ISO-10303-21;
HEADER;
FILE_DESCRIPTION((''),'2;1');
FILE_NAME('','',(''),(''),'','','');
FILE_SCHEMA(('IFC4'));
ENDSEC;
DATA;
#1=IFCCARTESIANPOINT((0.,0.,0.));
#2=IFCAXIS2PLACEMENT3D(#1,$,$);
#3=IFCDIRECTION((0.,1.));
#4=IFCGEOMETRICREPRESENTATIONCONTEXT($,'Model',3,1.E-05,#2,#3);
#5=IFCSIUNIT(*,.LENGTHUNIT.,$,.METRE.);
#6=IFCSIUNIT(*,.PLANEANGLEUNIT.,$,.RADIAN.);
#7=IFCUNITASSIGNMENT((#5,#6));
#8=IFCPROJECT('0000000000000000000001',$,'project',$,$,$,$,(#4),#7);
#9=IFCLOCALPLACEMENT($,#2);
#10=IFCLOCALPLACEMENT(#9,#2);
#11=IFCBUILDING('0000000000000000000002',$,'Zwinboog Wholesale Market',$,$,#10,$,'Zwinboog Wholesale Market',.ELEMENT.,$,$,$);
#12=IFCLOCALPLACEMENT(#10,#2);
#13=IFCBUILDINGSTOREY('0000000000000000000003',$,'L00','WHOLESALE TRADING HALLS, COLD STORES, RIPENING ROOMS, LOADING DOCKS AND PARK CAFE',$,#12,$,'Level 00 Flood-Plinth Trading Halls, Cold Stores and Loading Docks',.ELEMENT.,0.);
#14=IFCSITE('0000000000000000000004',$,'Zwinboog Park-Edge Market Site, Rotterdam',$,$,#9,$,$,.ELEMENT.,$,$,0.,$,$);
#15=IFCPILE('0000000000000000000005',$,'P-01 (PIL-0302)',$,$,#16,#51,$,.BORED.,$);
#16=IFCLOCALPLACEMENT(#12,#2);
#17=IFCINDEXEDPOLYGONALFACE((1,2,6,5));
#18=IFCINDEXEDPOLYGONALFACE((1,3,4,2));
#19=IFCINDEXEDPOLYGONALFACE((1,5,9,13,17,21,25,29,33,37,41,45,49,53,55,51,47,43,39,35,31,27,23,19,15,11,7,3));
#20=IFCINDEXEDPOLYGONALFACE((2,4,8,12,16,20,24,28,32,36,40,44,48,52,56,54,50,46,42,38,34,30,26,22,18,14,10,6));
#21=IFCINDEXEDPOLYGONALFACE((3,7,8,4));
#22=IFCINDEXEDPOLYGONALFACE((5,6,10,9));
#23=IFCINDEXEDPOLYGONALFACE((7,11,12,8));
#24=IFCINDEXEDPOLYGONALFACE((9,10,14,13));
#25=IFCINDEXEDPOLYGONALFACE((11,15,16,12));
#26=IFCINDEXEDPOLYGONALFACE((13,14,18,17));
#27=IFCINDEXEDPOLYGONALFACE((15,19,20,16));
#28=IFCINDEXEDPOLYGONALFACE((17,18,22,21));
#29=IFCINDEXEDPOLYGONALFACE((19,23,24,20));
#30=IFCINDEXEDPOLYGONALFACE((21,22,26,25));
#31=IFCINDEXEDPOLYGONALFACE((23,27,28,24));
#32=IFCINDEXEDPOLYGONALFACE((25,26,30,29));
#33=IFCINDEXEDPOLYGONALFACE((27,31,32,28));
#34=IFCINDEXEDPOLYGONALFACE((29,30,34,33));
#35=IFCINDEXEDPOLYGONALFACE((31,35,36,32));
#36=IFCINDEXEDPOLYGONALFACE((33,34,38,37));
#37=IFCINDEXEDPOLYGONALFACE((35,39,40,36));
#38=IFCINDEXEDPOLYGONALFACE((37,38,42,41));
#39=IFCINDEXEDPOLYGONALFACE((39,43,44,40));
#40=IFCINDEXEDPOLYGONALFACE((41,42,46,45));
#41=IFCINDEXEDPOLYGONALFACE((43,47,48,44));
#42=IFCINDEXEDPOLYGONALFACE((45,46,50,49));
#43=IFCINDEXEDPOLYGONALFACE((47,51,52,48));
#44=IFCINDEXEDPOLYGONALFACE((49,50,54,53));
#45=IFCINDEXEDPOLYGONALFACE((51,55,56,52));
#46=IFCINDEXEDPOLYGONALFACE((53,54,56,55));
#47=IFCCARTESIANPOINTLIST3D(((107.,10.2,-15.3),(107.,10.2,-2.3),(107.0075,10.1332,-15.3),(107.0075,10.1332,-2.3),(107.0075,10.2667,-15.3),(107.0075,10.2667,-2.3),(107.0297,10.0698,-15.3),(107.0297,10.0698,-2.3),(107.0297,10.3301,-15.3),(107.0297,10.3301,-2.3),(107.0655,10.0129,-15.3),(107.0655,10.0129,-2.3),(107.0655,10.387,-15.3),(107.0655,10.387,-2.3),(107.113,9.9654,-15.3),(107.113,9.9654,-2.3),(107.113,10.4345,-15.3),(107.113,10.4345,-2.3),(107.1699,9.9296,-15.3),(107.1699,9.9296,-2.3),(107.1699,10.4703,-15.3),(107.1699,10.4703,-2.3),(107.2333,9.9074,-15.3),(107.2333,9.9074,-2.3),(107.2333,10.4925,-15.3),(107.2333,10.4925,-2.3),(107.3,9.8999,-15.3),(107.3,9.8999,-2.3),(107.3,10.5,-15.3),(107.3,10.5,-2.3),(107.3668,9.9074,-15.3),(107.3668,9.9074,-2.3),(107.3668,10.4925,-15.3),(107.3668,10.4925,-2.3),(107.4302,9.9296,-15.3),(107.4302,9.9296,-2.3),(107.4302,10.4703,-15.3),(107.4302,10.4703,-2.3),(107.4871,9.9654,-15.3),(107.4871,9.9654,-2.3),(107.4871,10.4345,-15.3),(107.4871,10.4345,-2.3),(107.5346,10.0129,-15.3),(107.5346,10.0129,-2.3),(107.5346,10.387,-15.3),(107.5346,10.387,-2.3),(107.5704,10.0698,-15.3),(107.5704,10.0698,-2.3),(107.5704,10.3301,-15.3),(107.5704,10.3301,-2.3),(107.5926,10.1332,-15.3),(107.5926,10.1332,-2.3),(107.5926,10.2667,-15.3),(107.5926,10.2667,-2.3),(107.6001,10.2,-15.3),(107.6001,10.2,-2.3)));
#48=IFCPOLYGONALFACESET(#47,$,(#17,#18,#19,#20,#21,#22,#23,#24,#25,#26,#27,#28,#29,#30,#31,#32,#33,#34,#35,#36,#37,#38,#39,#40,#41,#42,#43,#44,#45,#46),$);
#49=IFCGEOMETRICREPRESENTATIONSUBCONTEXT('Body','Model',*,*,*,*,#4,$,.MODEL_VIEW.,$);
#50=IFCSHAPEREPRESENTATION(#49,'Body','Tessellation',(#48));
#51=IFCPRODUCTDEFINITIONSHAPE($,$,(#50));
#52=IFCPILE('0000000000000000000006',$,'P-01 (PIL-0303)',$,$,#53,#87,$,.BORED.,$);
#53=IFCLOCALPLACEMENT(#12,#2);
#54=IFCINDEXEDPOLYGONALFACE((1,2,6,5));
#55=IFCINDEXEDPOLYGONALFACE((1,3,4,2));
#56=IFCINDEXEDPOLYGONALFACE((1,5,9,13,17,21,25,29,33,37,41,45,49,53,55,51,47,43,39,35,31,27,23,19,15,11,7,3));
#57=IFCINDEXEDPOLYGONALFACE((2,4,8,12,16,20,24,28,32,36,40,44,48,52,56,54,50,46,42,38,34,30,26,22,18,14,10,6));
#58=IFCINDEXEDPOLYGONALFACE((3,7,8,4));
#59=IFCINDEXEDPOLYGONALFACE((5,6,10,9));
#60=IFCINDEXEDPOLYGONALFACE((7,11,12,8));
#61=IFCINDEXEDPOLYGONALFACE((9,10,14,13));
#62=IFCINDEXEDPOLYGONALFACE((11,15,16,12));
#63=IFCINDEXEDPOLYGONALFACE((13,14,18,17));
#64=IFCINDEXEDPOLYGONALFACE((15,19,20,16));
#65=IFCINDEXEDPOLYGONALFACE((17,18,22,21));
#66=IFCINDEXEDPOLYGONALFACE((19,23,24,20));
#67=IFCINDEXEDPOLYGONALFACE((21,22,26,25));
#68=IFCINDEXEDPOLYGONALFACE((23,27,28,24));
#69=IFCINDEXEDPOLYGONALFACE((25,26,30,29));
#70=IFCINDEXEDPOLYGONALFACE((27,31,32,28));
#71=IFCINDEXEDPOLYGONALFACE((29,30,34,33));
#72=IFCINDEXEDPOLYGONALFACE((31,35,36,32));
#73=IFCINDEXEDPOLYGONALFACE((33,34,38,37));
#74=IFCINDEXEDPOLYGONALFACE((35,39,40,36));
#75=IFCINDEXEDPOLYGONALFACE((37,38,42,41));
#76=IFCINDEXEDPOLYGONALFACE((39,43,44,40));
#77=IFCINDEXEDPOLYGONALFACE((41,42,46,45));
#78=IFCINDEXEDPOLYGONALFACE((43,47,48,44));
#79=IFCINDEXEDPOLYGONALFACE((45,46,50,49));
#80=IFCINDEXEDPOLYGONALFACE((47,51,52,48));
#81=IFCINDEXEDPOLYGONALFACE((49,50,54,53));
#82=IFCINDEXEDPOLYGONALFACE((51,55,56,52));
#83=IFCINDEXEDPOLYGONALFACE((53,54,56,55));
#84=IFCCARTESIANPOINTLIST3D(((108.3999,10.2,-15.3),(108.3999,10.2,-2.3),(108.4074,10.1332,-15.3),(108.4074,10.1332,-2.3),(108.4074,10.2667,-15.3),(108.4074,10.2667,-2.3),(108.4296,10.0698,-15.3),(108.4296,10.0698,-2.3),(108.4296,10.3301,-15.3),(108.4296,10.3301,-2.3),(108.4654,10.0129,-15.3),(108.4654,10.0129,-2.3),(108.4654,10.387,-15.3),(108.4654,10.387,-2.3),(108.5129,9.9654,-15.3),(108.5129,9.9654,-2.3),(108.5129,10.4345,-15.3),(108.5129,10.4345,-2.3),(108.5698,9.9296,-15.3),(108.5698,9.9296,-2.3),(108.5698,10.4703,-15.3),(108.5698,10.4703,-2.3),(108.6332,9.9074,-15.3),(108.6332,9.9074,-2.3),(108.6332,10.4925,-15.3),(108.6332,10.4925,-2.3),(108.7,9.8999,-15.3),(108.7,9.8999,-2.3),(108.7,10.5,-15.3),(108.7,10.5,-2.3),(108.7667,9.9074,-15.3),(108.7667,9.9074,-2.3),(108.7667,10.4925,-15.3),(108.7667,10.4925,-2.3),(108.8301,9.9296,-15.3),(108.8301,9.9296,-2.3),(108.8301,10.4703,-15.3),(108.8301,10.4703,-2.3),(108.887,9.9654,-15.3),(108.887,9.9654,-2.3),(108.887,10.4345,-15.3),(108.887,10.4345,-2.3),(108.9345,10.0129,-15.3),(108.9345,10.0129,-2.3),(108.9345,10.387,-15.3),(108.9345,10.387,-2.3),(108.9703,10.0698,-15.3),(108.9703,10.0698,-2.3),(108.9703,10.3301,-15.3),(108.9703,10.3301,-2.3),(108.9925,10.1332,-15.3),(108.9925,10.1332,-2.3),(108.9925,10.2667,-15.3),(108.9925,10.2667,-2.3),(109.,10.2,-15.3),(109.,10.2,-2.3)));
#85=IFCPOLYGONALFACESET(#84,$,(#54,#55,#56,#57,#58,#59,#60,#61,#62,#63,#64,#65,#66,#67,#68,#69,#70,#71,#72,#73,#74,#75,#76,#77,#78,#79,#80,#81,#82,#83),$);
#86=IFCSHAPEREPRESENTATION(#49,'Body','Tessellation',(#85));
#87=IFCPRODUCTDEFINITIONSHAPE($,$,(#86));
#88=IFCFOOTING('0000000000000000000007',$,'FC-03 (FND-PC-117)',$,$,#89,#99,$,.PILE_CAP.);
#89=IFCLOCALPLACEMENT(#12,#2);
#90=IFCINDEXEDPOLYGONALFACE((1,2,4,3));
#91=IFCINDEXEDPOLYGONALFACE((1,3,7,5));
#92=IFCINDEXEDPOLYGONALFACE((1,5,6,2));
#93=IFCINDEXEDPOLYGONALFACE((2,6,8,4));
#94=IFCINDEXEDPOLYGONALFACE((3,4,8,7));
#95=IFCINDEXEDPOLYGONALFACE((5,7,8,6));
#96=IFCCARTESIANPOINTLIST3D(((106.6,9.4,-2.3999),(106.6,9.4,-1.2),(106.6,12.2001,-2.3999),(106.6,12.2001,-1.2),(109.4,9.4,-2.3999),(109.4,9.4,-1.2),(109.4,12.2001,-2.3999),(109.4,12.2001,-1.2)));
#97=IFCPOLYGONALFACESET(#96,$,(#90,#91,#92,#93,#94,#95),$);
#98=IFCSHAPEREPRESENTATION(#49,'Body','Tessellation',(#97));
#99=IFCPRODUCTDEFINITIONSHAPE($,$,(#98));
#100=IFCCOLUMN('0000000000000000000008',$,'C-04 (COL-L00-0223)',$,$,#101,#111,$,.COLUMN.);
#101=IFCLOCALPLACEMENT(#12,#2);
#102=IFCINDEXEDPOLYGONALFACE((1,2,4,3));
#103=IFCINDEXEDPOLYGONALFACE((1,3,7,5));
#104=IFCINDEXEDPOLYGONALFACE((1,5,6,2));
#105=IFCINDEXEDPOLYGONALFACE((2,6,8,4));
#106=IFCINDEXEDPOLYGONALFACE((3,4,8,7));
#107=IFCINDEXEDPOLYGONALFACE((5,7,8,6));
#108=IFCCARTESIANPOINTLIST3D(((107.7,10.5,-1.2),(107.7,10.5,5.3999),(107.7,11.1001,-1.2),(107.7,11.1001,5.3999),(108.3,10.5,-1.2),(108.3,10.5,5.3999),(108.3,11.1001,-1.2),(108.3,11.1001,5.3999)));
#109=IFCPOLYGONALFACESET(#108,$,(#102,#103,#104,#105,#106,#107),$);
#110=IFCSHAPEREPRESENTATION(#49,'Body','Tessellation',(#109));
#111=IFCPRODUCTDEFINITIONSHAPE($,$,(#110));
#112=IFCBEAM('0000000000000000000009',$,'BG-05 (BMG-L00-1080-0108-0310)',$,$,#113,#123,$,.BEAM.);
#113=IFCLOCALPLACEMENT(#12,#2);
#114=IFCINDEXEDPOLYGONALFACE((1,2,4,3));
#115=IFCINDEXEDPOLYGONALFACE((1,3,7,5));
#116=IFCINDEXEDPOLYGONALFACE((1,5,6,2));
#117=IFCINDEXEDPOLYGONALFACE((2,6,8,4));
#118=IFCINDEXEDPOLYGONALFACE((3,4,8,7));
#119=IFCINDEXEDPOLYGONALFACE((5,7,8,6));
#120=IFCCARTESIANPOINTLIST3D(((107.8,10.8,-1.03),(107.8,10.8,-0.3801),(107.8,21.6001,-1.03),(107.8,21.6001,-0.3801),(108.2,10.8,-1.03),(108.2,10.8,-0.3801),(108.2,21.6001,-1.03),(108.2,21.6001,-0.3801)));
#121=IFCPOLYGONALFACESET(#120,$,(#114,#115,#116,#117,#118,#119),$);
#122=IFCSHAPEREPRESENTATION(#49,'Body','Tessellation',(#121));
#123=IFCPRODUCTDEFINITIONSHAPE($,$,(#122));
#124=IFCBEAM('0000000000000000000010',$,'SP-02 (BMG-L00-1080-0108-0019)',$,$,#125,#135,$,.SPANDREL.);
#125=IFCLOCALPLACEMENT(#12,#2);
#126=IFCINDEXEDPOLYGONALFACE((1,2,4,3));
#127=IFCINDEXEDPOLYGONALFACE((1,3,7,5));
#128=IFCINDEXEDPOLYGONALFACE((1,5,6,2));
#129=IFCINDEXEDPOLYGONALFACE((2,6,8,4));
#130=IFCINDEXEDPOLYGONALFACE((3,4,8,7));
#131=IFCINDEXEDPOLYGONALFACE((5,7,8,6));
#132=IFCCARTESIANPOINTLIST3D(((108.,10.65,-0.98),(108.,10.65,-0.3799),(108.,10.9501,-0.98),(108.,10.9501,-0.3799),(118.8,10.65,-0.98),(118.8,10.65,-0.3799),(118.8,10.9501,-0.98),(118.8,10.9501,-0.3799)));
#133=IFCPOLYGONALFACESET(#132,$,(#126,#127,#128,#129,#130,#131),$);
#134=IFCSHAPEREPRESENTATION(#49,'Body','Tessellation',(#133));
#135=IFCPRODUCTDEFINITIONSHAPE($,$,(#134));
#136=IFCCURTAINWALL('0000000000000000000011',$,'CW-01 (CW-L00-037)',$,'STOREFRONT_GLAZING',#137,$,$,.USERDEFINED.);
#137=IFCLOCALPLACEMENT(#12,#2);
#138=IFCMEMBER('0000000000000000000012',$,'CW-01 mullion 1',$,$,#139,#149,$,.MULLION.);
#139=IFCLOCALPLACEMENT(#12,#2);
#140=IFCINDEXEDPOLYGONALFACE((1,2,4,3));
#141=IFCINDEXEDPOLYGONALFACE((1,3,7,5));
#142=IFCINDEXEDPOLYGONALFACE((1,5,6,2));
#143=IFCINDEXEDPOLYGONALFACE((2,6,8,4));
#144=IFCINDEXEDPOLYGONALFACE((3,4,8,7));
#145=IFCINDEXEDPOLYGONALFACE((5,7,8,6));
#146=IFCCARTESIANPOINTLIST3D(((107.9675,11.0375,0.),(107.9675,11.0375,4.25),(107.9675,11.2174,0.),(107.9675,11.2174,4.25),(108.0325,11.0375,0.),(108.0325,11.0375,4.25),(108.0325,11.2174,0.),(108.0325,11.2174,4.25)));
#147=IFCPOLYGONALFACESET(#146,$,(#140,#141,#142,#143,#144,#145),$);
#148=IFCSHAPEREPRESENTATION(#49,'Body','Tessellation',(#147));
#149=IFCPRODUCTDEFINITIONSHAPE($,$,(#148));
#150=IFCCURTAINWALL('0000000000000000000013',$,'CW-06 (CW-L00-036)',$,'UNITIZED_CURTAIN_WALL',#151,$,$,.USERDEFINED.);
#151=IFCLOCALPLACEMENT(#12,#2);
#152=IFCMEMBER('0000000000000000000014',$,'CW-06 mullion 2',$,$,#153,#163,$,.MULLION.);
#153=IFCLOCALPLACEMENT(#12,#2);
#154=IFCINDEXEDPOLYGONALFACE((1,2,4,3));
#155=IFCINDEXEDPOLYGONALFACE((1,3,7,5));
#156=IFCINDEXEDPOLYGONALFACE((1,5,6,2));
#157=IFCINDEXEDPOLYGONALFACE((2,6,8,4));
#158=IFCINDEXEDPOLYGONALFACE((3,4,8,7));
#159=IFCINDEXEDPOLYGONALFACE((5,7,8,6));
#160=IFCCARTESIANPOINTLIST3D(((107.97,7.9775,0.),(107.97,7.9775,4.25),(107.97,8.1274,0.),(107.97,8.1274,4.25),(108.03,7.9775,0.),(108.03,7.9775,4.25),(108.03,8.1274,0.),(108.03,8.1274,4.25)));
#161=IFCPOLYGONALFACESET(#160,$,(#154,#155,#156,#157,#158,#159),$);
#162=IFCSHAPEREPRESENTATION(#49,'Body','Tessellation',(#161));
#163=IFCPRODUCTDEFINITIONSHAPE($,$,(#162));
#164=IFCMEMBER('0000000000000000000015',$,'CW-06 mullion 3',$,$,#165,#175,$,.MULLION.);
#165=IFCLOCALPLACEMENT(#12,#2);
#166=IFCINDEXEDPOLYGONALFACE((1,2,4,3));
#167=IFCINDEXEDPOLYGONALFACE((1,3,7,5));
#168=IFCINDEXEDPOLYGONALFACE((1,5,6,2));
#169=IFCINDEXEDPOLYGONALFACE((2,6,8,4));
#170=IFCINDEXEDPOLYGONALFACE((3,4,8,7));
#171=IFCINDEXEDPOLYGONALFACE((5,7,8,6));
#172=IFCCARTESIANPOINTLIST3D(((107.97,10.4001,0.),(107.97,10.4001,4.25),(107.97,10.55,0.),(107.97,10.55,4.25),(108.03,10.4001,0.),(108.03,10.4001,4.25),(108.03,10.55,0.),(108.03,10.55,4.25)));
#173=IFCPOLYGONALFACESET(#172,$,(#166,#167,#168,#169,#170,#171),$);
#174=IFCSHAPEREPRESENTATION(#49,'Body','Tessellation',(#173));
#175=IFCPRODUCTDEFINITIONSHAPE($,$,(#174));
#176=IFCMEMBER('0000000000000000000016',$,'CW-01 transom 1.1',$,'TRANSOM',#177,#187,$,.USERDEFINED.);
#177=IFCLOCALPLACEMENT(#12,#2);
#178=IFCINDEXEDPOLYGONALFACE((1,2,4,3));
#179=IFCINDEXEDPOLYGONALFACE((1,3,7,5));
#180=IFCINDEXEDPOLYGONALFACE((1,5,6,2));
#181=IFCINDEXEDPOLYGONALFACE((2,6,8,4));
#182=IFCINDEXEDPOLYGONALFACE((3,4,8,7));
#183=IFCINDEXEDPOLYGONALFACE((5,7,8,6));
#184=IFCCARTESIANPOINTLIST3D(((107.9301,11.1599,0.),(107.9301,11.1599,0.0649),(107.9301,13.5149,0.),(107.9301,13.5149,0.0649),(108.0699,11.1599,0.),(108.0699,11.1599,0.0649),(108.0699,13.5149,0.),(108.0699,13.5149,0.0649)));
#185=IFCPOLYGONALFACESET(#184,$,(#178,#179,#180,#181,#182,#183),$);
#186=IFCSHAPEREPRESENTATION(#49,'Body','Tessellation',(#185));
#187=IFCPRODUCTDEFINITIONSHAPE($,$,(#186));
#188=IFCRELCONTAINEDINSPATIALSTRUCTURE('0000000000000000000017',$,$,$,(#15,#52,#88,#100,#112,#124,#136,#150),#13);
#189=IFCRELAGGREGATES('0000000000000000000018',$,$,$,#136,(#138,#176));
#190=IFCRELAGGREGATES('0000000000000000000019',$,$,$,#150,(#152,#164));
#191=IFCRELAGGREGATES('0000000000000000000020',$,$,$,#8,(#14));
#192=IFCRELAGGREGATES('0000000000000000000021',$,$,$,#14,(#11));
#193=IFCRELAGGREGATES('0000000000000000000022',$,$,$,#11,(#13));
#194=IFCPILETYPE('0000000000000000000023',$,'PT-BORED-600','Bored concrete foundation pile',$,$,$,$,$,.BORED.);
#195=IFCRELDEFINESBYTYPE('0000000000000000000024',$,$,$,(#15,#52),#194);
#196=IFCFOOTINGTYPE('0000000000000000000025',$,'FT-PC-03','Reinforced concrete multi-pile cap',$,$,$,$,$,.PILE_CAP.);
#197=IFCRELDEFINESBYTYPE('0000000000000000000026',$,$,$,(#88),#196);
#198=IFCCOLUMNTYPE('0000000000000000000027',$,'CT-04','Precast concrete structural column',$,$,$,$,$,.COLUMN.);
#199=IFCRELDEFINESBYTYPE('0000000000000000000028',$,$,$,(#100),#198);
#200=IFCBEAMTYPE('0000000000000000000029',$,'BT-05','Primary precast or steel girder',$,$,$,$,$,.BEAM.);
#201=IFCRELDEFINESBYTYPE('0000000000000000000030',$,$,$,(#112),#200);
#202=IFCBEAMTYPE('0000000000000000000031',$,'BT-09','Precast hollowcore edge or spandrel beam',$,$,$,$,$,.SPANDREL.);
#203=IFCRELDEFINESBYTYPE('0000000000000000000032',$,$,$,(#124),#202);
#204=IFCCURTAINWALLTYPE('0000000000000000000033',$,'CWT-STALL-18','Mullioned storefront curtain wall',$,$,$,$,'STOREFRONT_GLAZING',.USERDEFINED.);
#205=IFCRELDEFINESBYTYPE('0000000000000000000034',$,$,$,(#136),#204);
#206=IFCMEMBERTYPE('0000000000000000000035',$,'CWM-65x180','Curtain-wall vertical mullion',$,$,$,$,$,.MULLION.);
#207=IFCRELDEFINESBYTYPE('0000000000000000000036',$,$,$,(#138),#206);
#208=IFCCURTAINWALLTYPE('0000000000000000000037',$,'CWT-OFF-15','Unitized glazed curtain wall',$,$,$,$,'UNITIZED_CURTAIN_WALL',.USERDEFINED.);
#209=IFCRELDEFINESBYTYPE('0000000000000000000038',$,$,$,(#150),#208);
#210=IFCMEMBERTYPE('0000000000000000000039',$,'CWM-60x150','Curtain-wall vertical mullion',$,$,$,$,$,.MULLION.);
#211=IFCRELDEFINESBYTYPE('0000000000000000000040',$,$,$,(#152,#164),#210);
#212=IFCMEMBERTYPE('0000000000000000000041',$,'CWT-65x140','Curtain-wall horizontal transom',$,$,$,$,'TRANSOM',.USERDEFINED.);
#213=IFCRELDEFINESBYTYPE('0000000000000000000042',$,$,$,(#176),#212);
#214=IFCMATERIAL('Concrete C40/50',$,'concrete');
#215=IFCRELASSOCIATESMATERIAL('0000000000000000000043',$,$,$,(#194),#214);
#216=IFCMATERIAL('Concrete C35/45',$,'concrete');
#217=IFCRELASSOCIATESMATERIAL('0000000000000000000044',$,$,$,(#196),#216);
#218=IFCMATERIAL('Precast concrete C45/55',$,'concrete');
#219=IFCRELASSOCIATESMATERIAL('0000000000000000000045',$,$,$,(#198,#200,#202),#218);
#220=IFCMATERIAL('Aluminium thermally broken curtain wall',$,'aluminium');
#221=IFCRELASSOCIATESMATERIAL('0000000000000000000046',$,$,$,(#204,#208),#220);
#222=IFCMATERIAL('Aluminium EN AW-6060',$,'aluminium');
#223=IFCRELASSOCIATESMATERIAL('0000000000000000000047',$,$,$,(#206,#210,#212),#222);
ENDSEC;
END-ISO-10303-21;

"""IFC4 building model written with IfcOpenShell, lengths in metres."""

from ifc_helpers import new_model, si_unit, direction, frame, origin, origin_2d, place, context, subcontext, project, spatial, rectangle, circle, extrude, material, material_profile, profile_set, type_object, element, aggregate, save


model = new_model("IFC4")

# Units and contexts
model_context = context("Model", 3, precision=1e-05, world=origin(), true_north=direction((0.0, 1.0)))
body_context = subcontext(model_context, "Body", "Model", "MODEL_VIEW")
ifc_project = project(units=[si_unit("LENGTHUNIT", "METRE"), si_unit("PLANEANGLEUNIT", "RADIAN")], contexts=[model_context])

# Site, building, storey
site_placement = place(None, origin())
site = spatial("IfcSite", under=ifc_project, at=site_placement, Name="Zwinboog Park-Edge Market Site, Rotterdam", CompositionType="ELEMENT", RefElevation=0.0)
building_placement = place(site_placement, origin())
building = spatial("IfcBuilding", under=site, at=building_placement, Name="Zwinboog Wholesale Market", LongName="Zwinboog Wholesale Market", CompositionType="ELEMENT")
storey_placement = place(building_placement, origin())
storey = spatial("IfcBuildingStorey", under=building, at=storey_placement, Name="L00", Description="WHOLESALE TRADING HALLS, COLD STORES, RIPENING ROOMS, LOADING DOCKS AND PARK CAFE", LongName="Level 00 Flood-Plinth Trading Halls, Cold Stores and Loading Docks", CompositionType="ELEMENT", Elevation=0.0)

# Piles
ifc_material_1 = material(Name="Concrete C40/50", Category="concrete")
ifc_material_profile_1 = material_profile(ifc_material_1, circle(Radius=0.3, at=origin_2d()), Name="PILE D600")
ifc_profile_set_1 = profile_set([ifc_material_profile_1], Name="Concrete C40/50")
pile_type = type_object("IfcPileType", Name="PT-BORED-600", Description="Bored concrete foundation pile", PredefinedType="BORED", material=ifc_profile_set_1)
for number, where, z_axis, x_axis, name in (
    (1, (107.3, 10.2, -2.3), (0.0, 0.0, -1.0), (1.0, 0.0, 0.0), "P-01 (PIL-0302)"),
    (2, (108.7, 10.2, -2.3), (0.0, 0.0, -1.0), (1.0, 0.0, 0.0), "P-01 (PIL-0303)"),
):
    element("IfcPile", number, at=place(storey_placement, frame(where, z_axis=z_axis, x_axis=x_axis)), inside=storey, type_object=pile_type, Name=name, PredefinedType="BORED", context=body_context, shape_type="SweptSolid", body=[
        extrude(circle(Radius=0.3, at=origin_2d()), origin(), (0.0, 0.0, 1.0), 13.0),
    ])

# Footing
ifc_material_2 = material(Name="Concrete C35/45", Category="concrete")
footing_type = type_object("IfcFootingType", Name="FT-PC-03", Description="Reinforced concrete multi-pile cap", PredefinedType="PILE_CAP", material=ifc_material_2)
footing_placement = place(storey_placement, frame((108.0, 10.8, -2.3999), z_axis=(0.0, 0.0, 1.0), x_axis=(1.0, 0.0, 0.0)))
element("IfcFooting", 3, at=footing_placement, inside=storey, type_object=footing_type, Name="FC-03 (FND-PC-117)", PredefinedType="PILE_CAP", context=body_context, shape_type="SweptSolid", body=[
    extrude(rectangle(XDim=2.8, YDim=2.8, at=origin_2d()), origin(), (0.0, 0.0, 1.0), 1.2),
])

# Column
ifc_material_3 = material(Name="Precast concrete C45/55", Category="concrete")
ifc_material_profile_2 = material_profile(ifc_material_3, rectangle(XDim=0.6001, YDim=0.6001, at=origin_2d()), Name="PC 600x600")
ifc_profile_set_2 = profile_set([ifc_material_profile_2], Name="Precast concrete C45/55")
column_type = type_object("IfcColumnType", Name="CT-04", Description="Precast concrete structural column", PredefinedType="COLUMN", material=ifc_profile_set_2)
column_placement = place(storey_placement, frame((108.0, 10.8, -1.2), z_axis=(0.0, 0.0, 1.0), x_axis=(1.0, 0.0, 0.0)))
element("IfcColumn", 4, at=column_placement, inside=storey, type_object=column_type, Name="C-04 (COL-L00-0223)", PredefinedType="COLUMN", context=body_context, shape_type="SweptSolid", body=[
    extrude(rectangle(XDim=0.6001, YDim=0.6001, at=origin_2d()), origin(), (0.0, 0.0, 1.0), 6.5999),
])

# Beams
ifc_material_profile_3 = material_profile(ifc_material_3, rectangle(XDim=0.3999, YDim=0.6499, at=origin_2d()), Name="PC 400x650")
ifc_profile_set_3 = profile_set([ifc_material_profile_3], Name="Precast concrete C45/55")
beam_type_1 = type_object("IfcBeamType", Name="BT-05", Description="Primary precast or steel girder", PredefinedType="BEAM", material=ifc_profile_set_3)
beam_1_placement = place(storey_placement, frame((108.0, 10.8, -0.7051), z_axis=(0.0, 1.0, 0.0), x_axis=(-1.0, 0.0, 0.0)))
element("IfcBeam", 5, at=beam_1_placement, inside=storey, type_object=beam_type_1, Name="BG-05 (BMG-L00-1080-0108-0310)", PredefinedType="BEAM", context=body_context, shape_type="SweptSolid", body=[
    extrude(rectangle(XDim=0.3999, YDim=0.6499, at=origin_2d()), origin(), (0.0, 0.0, 1.0), 10.8),
])
ifc_material_profile_4 = material_profile(ifc_material_3, rectangle(XDim=0.3, YDim=0.6001, at=origin_2d()), Name="PC 300x600")
ifc_profile_set_4 = profile_set([ifc_material_profile_4], Name="Precast concrete C45/55")
beam_type_2 = type_object("IfcBeamType", Name="BT-09", Description="Precast hollowcore edge or spandrel beam", PredefinedType="SPANDREL", material=ifc_profile_set_4)
beam_2_placement = place(storey_placement, frame((108.0, 10.8, -0.6799), z_axis=(1.0, 0.0, 0.0), x_axis=(0.0, 1.0, 0.0)))
element("IfcBeam", 6, at=beam_2_placement, inside=storey, type_object=beam_type_2, Name="SP-02 (BMG-L00-1080-0108-0019)", PredefinedType="SPANDREL", context=body_context, shape_type="SweptSolid", body=[
    extrude(rectangle(XDim=0.3, YDim=0.6001, at=origin_2d()), origin(), (0.0, 0.0, 1.0), 10.8),
])

# Curtain wall, member
ifc_material_4 = material(Name="Aluminium thermally broken curtain wall", Category="aluminium")
curtain_wall_type_1 = type_object("IfcCurtainWallType", Name="CWT-STALL-18", Description="Mullioned storefront curtain wall", ElementType="STOREFRONT_GLAZING", PredefinedType="USERDEFINED", material=ifc_material_4)
curtain_wall_1_placement = place(storey_placement, origin())
curtain_wall_1 = element("IfcCurtainWall", 7, at=curtain_wall_1_placement, inside=storey, type_object=curtain_wall_type_1, Name="CW-01 (CW-L00-037)", ObjectType="STOREFRONT_GLAZING", PredefinedType="USERDEFINED")
ifc_material_5 = material(Name="Aluminium EN AW-6060", Category="aluminium")
ifc_material_profile_5 = material_profile(ifc_material_5, rectangle(XDim=0.0649, YDim=0.1799, at=origin_2d()), Name="AL 65x180")
ifc_profile_set_5 = profile_set([ifc_material_profile_5], Name="Aluminium EN AW-6060")
member_type_1 = type_object("IfcMemberType", Name="CWM-65x180", Description="Curtain-wall vertical mullion", PredefinedType="MULLION", material=ifc_profile_set_5)
member_1_placement = place(storey_placement, frame((108.0, 11.1274, 0.0), z_axis=(0.0, 0.0, 1.0), x_axis=(-1.0, 0.0, 0.0)))
member_1 = element("IfcMember", 8, at=member_1_placement, type_object=member_type_1, Name="CW-01 mullion 1", PredefinedType="MULLION", context=body_context, shape_type="SweptSolid", body=[
    extrude(rectangle(XDim=0.0649, YDim=0.1799, at=origin_2d()), origin(), (0.0, 0.0, 1.0), 4.25),
])

# Curtain wall, members
curtain_wall_type_2 = type_object("IfcCurtainWallType", Name="CWT-OFF-15", Description="Unitized glazed curtain wall", ElementType="UNITIZED_CURTAIN_WALL", PredefinedType="USERDEFINED", material=ifc_material_4)
curtain_wall_2_placement = place(storey_placement, origin())
curtain_wall_2 = element("IfcCurtainWall", 9, at=curtain_wall_2_placement, inside=storey, type_object=curtain_wall_type_2, Name="CW-06 (CW-L00-036)", ObjectType="UNITIZED_CURTAIN_WALL", PredefinedType="USERDEFINED")
ifc_material_profile_6 = material_profile(ifc_material_5, rectangle(XDim=0.0601, YDim=0.1499, at=origin_2d()), Name="AL 60x150")
ifc_profile_set_6 = profile_set([ifc_material_profile_6], Name="Aluminium EN AW-6060")
member_type_2 = type_object("IfcMemberType", Name="CWM-60x150", Description="Curtain-wall vertical mullion", PredefinedType="MULLION", material=ifc_profile_set_6)
member_2_placement = place(storey_placement, frame((108.0, 8.0525, 0.0), z_axis=(0.0, 0.0, 1.0), x_axis=(-1.0, 0.0, 0.0)))
member_2 = element("IfcMember", 10, at=member_2_placement, type_object=member_type_2, Name="CW-06 mullion 2", PredefinedType="MULLION", context=body_context, shape_type="SweptSolid", body=[
    extrude(rectangle(XDim=0.0601, YDim=0.1499, at=origin_2d()), origin(), (0.0, 0.0, 1.0), 4.25),
])
member_3_placement = place(storey_placement, frame((108.0, 10.4751, 0.0), z_axis=(0.0, 0.0, 1.0), x_axis=(-1.0, 0.0, 0.0)))
member_3 = element("IfcMember", 11, at=member_3_placement, type_object=member_type_2, Name="CW-06 mullion 3", PredefinedType="MULLION", context=body_context, shape_type="SweptSolid", body=[
    extrude(rectangle(XDim=0.0601, YDim=0.1499, at=origin_2d()), origin(), (0.0, 0.0, 1.0), 4.25),
])

# Member
ifc_material_profile_7 = material_profile(ifc_material_5, rectangle(XDim=0.1399, YDim=0.0649, at=origin_2d()), Name="AL 65x140")
ifc_profile_set_7 = profile_set([ifc_material_profile_7], Name="Aluminium EN AW-6060")
member_type_3 = type_object("IfcMemberType", Name="CWT-65x140", Description="Curtain-wall horizontal transom", ElementType="TRANSOM", PredefinedType="USERDEFINED", material=ifc_profile_set_7)
member_4_placement = place(storey_placement, frame((108.0, 11.1599, 0.0325), z_axis=(0.0, 1.0, 0.0), x_axis=(-1.0, 0.0, 0.0)))
member_4 = element("IfcMember", 12, at=member_4_placement, type_object=member_type_3, Name="CW-01 transom 1.1", ObjectType="TRANSOM", PredefinedType="USERDEFINED", context=body_context, shape_type="SweptSolid", body=[
    extrude(rectangle(XDim=0.1399, YDim=0.0649, at=origin_2d()), origin(), (0.0, 0.0, 1.0), 2.355),
])
aggregate(curtain_wall_1, [member_1, member_4])

aggregate(curtain_wall_2, [member_2, member_3])

save(model, "model.ifc")
